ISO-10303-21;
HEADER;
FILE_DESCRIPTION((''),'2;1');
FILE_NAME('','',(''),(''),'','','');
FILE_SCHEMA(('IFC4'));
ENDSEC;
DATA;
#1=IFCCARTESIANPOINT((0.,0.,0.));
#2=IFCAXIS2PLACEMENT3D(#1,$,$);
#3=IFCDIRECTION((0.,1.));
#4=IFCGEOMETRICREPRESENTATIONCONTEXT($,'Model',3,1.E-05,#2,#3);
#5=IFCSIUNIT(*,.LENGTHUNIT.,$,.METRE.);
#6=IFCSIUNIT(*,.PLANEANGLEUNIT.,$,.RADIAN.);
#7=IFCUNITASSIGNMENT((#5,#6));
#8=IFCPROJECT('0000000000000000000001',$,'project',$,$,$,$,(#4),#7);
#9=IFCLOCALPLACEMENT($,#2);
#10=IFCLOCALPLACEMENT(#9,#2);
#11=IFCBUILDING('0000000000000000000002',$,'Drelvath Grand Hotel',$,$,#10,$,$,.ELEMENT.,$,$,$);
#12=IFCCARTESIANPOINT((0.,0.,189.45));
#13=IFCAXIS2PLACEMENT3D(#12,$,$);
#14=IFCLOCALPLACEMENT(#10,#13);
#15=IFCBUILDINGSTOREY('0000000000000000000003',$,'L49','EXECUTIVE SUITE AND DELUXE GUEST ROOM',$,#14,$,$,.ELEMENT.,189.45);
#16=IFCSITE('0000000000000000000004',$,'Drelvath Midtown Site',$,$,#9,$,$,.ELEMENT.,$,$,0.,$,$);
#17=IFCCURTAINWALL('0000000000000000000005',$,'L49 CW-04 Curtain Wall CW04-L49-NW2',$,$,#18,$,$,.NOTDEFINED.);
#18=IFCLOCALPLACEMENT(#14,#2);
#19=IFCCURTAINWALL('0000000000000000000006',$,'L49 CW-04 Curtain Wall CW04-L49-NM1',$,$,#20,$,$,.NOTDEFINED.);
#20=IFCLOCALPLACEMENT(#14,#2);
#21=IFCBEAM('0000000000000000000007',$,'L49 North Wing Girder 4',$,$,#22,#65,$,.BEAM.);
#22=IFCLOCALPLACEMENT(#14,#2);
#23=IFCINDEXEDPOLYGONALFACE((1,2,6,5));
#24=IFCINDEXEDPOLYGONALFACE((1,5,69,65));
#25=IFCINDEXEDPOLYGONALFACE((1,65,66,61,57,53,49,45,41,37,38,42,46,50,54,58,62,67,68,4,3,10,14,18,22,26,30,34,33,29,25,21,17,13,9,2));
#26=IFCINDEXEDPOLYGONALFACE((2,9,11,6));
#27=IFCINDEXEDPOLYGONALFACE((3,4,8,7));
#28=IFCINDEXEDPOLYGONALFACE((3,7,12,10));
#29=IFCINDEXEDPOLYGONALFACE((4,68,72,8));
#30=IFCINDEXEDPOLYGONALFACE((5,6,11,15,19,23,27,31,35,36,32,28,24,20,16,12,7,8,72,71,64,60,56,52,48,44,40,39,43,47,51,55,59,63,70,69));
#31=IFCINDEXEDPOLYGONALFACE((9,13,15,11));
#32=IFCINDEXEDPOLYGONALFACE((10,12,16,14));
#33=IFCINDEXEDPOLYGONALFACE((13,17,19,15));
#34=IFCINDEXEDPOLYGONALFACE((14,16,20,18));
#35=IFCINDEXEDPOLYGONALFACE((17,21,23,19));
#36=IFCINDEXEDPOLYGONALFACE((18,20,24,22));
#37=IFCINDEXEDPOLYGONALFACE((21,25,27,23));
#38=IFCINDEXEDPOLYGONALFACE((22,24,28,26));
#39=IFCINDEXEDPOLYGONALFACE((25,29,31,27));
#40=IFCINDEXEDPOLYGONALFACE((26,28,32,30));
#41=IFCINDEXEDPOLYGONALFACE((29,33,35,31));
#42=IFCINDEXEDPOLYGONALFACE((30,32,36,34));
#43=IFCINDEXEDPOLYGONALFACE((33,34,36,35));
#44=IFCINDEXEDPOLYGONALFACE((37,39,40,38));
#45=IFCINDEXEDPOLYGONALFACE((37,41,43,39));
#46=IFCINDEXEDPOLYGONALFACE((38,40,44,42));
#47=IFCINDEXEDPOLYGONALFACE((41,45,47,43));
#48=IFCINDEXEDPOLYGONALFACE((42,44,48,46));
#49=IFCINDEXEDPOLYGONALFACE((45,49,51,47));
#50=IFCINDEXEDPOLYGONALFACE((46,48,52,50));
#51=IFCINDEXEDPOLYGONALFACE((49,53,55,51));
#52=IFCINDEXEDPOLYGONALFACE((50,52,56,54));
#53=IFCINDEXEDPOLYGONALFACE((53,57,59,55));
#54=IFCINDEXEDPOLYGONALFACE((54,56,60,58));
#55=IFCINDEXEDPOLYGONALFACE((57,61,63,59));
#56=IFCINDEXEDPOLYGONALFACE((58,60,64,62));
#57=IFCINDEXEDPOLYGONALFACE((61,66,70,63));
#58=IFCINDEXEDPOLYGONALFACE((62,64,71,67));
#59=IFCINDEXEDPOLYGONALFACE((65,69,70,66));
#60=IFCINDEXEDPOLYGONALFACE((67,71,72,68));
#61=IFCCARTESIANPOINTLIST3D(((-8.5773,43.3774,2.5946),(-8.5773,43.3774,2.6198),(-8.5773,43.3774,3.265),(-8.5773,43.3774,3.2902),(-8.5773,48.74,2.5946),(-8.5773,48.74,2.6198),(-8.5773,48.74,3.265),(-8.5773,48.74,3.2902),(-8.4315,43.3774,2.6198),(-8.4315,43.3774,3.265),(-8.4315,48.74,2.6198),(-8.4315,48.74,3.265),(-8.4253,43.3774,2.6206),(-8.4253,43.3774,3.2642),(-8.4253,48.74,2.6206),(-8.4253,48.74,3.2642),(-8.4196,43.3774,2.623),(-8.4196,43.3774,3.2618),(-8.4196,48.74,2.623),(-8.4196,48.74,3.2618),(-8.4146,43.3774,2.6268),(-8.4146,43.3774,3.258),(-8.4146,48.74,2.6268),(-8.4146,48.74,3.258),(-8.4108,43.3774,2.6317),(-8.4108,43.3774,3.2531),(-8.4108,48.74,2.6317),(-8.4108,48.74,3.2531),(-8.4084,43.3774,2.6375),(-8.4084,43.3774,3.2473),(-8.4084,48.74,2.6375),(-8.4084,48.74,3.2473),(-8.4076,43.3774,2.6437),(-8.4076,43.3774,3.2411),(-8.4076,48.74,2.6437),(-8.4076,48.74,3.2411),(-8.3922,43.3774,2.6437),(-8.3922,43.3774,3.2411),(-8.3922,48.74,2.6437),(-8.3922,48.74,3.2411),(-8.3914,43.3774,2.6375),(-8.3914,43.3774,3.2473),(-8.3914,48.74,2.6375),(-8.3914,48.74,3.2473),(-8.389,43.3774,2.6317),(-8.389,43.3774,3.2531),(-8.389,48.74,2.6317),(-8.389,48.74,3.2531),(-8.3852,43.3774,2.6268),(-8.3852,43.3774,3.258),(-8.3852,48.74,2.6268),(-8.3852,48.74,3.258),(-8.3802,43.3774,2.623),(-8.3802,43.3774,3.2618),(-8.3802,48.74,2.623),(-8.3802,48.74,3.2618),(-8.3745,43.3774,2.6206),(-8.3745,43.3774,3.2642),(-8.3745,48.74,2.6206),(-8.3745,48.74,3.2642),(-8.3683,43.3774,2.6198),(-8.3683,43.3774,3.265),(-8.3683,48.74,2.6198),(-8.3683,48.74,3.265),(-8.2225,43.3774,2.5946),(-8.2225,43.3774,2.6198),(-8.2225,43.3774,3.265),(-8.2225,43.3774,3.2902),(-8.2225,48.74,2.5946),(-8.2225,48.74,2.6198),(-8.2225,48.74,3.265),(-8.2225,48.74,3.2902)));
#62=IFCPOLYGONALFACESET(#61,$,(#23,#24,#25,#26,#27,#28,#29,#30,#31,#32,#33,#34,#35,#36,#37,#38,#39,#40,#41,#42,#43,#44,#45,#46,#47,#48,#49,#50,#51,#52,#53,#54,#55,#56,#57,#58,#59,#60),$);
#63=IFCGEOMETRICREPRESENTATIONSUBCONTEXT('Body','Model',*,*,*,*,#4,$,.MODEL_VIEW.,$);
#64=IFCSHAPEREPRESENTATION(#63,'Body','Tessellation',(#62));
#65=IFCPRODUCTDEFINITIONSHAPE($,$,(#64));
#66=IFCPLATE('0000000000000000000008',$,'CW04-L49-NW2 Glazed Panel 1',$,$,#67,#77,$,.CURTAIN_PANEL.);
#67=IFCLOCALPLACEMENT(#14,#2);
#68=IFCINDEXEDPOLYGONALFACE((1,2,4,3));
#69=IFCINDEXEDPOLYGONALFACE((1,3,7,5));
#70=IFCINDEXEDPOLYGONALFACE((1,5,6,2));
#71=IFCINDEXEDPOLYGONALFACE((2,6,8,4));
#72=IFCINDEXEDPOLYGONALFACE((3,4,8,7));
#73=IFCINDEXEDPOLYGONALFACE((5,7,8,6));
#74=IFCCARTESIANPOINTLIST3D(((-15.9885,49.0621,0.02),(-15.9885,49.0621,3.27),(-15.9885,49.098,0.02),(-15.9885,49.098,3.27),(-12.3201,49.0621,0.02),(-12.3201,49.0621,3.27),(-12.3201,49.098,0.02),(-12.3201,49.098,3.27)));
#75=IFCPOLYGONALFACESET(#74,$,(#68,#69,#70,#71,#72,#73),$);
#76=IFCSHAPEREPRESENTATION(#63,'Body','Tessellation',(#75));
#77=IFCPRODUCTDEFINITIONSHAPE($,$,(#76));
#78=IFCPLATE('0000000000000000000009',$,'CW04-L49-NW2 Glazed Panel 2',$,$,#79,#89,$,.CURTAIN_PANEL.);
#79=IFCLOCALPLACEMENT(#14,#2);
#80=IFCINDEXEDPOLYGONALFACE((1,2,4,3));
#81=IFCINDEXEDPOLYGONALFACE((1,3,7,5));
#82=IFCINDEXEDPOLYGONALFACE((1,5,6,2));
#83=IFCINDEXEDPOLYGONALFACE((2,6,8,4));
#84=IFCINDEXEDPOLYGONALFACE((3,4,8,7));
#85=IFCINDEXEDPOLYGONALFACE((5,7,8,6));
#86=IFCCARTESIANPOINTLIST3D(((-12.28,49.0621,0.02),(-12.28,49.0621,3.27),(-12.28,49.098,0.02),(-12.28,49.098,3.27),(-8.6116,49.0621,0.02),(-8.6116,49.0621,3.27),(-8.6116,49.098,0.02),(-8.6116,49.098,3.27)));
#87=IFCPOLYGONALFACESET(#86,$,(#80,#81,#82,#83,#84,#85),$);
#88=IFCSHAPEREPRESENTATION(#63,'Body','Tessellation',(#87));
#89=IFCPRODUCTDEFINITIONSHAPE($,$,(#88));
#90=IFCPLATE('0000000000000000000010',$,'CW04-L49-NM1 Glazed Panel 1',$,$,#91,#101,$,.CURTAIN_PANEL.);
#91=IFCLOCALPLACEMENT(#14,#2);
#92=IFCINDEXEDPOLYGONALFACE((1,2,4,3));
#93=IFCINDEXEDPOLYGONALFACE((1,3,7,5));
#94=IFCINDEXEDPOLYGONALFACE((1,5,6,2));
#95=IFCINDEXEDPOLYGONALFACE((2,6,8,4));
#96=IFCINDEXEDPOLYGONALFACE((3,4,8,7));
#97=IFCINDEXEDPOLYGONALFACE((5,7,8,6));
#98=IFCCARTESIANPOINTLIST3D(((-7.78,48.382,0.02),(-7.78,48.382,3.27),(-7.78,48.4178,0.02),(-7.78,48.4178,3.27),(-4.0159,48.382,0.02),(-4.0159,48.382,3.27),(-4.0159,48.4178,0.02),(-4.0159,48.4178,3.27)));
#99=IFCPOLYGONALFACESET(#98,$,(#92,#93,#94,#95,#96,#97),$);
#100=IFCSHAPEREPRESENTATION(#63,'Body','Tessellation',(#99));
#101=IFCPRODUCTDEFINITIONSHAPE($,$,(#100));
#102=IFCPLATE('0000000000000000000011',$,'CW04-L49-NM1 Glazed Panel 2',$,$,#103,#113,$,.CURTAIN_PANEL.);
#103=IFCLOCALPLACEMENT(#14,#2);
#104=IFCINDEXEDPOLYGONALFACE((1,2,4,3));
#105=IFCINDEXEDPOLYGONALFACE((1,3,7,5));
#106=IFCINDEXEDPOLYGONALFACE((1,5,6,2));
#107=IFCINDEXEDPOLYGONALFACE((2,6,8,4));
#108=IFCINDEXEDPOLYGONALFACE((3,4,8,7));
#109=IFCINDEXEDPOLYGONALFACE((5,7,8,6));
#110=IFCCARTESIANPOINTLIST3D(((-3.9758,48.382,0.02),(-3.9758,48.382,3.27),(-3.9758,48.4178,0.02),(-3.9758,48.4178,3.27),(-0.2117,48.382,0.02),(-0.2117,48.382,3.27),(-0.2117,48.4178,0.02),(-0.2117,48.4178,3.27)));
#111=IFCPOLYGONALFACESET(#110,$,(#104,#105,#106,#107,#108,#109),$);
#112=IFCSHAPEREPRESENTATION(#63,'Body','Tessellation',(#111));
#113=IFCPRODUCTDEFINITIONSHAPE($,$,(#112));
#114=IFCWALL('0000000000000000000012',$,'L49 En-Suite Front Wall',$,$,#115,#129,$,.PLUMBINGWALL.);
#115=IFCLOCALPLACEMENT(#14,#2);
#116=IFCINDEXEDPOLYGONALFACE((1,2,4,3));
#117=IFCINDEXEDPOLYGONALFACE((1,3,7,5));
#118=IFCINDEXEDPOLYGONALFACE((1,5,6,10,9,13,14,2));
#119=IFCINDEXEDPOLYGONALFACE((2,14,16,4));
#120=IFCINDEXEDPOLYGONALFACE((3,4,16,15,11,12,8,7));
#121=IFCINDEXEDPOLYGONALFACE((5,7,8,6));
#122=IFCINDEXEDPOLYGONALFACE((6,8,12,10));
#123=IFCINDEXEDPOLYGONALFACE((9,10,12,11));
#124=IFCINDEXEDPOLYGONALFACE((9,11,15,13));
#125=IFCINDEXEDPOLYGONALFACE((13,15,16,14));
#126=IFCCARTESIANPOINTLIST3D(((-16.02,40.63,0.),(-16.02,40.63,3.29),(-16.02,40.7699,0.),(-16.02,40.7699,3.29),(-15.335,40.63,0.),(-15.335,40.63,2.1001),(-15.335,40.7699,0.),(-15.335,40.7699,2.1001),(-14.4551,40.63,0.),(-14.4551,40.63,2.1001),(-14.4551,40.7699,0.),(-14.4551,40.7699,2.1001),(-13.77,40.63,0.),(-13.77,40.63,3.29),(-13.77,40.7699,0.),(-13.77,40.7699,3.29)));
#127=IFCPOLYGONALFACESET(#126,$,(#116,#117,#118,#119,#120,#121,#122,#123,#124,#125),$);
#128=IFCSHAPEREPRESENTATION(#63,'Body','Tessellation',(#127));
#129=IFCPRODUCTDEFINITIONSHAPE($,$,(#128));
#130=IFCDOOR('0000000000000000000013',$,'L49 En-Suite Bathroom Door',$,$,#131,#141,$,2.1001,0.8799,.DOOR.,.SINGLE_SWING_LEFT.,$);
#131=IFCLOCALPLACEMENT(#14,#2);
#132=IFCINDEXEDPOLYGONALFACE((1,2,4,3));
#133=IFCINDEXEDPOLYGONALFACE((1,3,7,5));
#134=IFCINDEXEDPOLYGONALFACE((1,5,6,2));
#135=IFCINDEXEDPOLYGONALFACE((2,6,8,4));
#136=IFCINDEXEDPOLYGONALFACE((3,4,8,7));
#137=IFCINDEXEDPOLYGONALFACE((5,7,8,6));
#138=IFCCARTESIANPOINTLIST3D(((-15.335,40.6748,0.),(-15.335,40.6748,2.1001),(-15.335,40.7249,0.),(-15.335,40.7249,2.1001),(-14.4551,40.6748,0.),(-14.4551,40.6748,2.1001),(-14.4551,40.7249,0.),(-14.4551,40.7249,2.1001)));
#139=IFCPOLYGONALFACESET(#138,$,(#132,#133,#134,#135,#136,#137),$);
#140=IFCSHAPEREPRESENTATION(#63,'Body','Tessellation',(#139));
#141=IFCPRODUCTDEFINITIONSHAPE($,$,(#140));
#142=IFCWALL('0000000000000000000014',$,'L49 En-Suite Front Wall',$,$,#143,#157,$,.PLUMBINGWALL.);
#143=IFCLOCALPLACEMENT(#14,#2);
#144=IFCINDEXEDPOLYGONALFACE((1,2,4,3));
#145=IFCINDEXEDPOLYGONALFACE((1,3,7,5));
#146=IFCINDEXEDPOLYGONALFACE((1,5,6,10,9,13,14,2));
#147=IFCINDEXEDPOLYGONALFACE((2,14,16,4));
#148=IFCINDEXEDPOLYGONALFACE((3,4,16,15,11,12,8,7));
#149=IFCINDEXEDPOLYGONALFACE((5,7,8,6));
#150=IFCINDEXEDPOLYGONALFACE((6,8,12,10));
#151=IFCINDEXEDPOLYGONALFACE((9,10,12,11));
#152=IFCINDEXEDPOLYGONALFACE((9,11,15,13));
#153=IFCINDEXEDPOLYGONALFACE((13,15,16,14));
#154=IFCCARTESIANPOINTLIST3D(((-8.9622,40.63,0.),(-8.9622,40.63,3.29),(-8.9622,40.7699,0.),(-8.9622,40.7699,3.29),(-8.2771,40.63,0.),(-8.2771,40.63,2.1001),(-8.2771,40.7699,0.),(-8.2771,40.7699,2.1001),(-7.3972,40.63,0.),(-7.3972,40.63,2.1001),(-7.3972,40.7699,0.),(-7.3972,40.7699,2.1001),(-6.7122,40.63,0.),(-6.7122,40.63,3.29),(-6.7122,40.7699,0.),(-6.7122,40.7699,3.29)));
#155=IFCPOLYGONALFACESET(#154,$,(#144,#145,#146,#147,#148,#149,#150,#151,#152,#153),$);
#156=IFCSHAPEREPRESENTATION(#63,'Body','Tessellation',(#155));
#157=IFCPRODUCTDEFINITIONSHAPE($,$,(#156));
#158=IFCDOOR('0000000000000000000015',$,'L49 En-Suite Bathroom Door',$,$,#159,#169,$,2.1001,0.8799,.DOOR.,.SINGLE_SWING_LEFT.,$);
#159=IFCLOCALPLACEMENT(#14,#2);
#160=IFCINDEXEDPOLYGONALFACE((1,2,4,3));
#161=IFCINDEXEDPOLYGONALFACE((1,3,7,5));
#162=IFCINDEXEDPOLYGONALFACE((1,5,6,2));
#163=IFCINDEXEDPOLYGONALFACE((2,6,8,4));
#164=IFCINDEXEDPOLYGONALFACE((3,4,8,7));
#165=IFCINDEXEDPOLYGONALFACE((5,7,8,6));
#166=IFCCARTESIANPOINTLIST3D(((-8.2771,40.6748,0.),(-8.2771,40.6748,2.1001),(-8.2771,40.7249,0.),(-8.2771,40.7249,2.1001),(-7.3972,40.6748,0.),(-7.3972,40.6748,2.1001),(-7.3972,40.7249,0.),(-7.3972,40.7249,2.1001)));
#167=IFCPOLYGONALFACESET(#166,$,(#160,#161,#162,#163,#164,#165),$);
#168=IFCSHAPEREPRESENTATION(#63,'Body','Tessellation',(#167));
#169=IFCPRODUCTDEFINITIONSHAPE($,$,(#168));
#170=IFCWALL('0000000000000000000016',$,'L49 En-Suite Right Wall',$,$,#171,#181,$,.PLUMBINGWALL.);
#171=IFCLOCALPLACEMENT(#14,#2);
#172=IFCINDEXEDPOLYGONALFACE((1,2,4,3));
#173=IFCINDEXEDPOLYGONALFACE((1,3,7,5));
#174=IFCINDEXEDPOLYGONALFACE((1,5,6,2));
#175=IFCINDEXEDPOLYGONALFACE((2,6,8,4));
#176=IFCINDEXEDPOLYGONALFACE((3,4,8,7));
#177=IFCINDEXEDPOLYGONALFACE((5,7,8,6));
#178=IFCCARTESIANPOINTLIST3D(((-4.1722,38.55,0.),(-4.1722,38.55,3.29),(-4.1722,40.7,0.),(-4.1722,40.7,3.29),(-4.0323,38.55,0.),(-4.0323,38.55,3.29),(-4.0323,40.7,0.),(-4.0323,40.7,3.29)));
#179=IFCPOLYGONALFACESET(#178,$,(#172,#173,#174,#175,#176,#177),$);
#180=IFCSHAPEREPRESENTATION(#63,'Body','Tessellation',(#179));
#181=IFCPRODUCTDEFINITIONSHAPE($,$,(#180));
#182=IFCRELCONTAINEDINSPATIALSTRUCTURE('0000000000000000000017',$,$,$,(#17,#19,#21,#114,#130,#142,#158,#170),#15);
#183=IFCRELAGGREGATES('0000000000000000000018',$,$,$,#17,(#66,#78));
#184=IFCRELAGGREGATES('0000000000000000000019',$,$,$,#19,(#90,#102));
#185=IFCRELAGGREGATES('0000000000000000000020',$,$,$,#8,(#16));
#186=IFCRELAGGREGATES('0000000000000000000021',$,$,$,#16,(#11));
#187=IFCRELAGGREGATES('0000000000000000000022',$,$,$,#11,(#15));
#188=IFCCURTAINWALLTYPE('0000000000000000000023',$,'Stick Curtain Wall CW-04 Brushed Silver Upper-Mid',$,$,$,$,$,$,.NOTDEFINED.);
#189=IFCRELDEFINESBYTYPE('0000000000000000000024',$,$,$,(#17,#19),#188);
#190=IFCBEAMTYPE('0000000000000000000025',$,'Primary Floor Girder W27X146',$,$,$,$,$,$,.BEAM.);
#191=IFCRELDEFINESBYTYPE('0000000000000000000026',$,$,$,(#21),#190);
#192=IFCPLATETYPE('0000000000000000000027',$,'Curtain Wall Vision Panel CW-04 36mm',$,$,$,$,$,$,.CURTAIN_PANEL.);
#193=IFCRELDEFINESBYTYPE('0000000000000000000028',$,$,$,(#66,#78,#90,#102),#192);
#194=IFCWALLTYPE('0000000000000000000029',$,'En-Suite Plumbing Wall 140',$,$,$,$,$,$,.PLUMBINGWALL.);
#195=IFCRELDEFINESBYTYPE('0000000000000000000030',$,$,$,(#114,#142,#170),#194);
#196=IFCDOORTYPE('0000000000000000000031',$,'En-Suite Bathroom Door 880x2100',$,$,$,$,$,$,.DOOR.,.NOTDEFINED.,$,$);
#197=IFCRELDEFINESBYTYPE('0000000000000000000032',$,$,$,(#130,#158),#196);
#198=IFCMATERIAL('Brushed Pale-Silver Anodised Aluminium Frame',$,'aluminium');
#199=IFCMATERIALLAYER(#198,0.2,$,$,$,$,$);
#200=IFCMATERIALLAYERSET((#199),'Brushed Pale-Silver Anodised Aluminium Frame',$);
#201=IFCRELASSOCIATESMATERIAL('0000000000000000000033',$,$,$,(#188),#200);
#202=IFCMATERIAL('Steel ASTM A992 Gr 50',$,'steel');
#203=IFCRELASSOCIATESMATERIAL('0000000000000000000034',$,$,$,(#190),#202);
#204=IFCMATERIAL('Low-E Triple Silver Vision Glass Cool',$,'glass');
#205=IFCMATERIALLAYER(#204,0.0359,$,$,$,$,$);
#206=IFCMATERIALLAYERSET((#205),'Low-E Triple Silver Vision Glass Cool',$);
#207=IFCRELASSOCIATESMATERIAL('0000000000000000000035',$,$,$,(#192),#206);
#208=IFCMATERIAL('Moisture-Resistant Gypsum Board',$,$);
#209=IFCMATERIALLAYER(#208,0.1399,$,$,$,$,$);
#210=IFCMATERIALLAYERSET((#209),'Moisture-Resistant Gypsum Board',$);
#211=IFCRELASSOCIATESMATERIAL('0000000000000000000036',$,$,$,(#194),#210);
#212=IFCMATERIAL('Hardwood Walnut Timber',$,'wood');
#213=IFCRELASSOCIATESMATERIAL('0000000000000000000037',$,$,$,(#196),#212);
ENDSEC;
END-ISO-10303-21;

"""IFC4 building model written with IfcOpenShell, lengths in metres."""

from ifc_helpers import new_model, si_unit, direction, frame, frame_2d, origin, origin_2d, place, context, subcontext, project, spatial, rectangle, i_section, extrude, material, layer, layer_set, material_profile, profile_set, type_object, element, fill, aggregate, save


model = new_model("IFC4")

# Units and contexts
model_context = context("Model", 3, precision=1e-05, world=origin(), true_north=direction((0.0, 1.0)))
body_context = subcontext(model_context, "Body", "Model", "MODEL_VIEW")
ifc_project = project(units=[si_unit("LENGTHUNIT", "METRE"), si_unit("PLANEANGLEUNIT", "RADIAN")], contexts=[model_context])

# Site, building, storey
site_placement = place(None, origin())
site = spatial("IfcSite", under=ifc_project, at=site_placement, Name="Drelvath Midtown Site", CompositionType="ELEMENT", RefElevation=0.0)
building_placement = place(site_placement, origin())
building = spatial("IfcBuilding", under=site, at=building_placement, Name="Drelvath Grand Hotel", CompositionType="ELEMENT")
storey_placement = place(building_placement, frame((0.0, 0.0, 189.45)))
storey = spatial("IfcBuildingStorey", under=building, at=storey_placement, Name="L49", Description="EXECUTIVE SUITE AND DELUXE GUEST ROOM", CompositionType="ELEMENT", Elevation=189.45)

# Curtain walls
ifc_material_1 = material(Name="Brushed Pale-Silver Anodised Aluminium Frame", Category="aluminium")
ifc_layer_1 = layer(ifc_material_1, 0.2)
ifc_layer_set_1 = layer_set([ifc_layer_1], Name="Brushed Pale-Silver Anodised Aluminium Frame")
curtain_wall_type = type_object("IfcCurtainWallType", Name="Stick Curtain Wall CW-04 Brushed Silver Upper-Mid", PredefinedType="NOTDEFINED", material=ifc_layer_set_1)
curtain_wall_1_placement = place(storey_placement, origin())
curtain_wall_1 = element("IfcCurtainWall", 1, at=curtain_wall_1_placement, inside=storey, type_object=curtain_wall_type, Name="L49 CW-04 Curtain Wall CW04-L49-NW2", PredefinedType="NOTDEFINED")
curtain_wall_2_placement = place(storey_placement, origin())
curtain_wall_2 = element("IfcCurtainWall", 2, at=curtain_wall_2_placement, inside=storey, type_object=curtain_wall_type, Name="L49 CW-04 Curtain Wall CW04-L49-NM1", PredefinedType="NOTDEFINED")

# Beam
ifc_material_2 = material(Name="Steel ASTM A992 Gr 50", Category="steel")
ifc_material_profile_1 = material_profile(ifc_material_2, i_section(OverallWidth=0.3547, OverallDepth=0.6956, WebThickness=0.0154, FlangeThickness=0.0251, FilletRadius=0.0239, at=origin_2d()), Name="W27X146")
ifc_profile_set_1 = profile_set([ifc_material_profile_1], Name="Steel ASTM A992 Gr 50")
beam_type_1 = type_object("IfcBeamType", Name="Primary Floor Girder W27X146", PredefinedType="BEAM", material=ifc_profile_set_1)
beam_1_placement = place(storey_placement, frame((-8.3999, 43.3774, 2.9424), z_axis=(0.0, 1.0, 0.0), x_axis=(-1.0, 0.0, 0.0)))
element("IfcBeam", 3, at=beam_1_placement, inside=storey, type_object=beam_type_1, Name="L49 North Wing Girder 4", PredefinedType="BEAM", context=body_context, shape_type="SweptSolid", body=[
    extrude(i_section(OverallWidth=0.3547, OverallDepth=0.6956, WebThickness=0.0154, FlangeThickness=0.0251, FilletRadius=0.0239, at=origin_2d()), origin(), (0.0, 0.0, 1.0), 5.3625),
])

# Plates
ifc_material_3 = material(Name="Low-E Triple Silver Vision Glass Cool", Category="glass")
ifc_layer_2 = layer(ifc_material_3, 0.0359)
ifc_layer_set_2 = layer_set([ifc_layer_2], Name="Low-E Triple Silver Vision Glass Cool")
plate_type = type_object("IfcPlateType", Name="Curtain Wall Vision Panel CW-04 36mm", PredefinedType="CURTAIN_PANEL", material=ifc_layer_set_2)
plate_1_placement = place(storey_placement, frame((-14.1543, 49.0801, 0.02), z_axis=(0.0, 0.0, 1.0), x_axis=(1.0, 0.0, 0.0)))
plate_1 = element("IfcPlate", 4, at=plate_1_placement, type_object=plate_type, Name="CW04-L49-NW2 Glazed Panel 1", PredefinedType="CURTAIN_PANEL", context=body_context, shape_type="SweptSolid", body=[
    extrude(rectangle(XDim=3.6685, YDim=0.0359, at=origin_2d()), origin(), (0.0, 0.0, 1.0), 3.25),
])
plate_2_placement = place(storey_placement, frame((-10.4458, 49.0801, 0.02), z_axis=(0.0, 0.0, 1.0), x_axis=(1.0, 0.0, 0.0)))
plate_2 = element("IfcPlate", 5, at=plate_2_placement, type_object=plate_type, Name="CW04-L49-NW2 Glazed Panel 2", PredefinedType="CURTAIN_PANEL", context=body_context, shape_type="SweptSolid", body=[
    extrude(rectangle(XDim=3.6685, YDim=0.0359, at=origin_2d()), origin(), (0.0, 0.0, 1.0), 3.25),
])
aggregate(curtain_wall_1, [plate_1, plate_2])
plate_3_placement = place(storey_placement, frame((-5.8979, 48.3999, 0.02), z_axis=(0.0, 0.0, 1.0), x_axis=(1.0, 0.0, 0.0)))
plate_3 = element("IfcPlate", 6, at=plate_3_placement, type_object=plate_type, Name="CW04-L49-NM1 Glazed Panel 1", PredefinedType="CURTAIN_PANEL", context=body_context, shape_type="SweptSolid", body=[
    extrude(rectangle(XDim=3.7642, YDim=0.0359, at=origin_2d()), origin(), (0.0, 0.0, 1.0), 3.25),
])
plate_4_placement = place(storey_placement, frame((-2.0938, 48.3999, 0.02), z_axis=(0.0, 0.0, 1.0), x_axis=(1.0, 0.0, 0.0)))
plate_4 = element("IfcPlate", 7, at=plate_4_placement, type_object=plate_type, Name="CW04-L49-NM1 Glazed Panel 2", PredefinedType="CURTAIN_PANEL", context=body_context, shape_type="SweptSolid", body=[
    extrude(rectangle(XDim=3.7642, YDim=0.0359, at=origin_2d()), origin(), (0.0, 0.0, 1.0), 3.25),
])
aggregate(curtain_wall_2, [plate_3, plate_4])

# Walls, openings, doors
ifc_material_4 = material(Name="Moisture-Resistant Gypsum Board")
ifc_layer_3 = layer(ifc_material_4, 0.1399)
ifc_layer_set_3 = layer_set([ifc_layer_3], Name="Moisture-Resistant Gypsum Board")
wall_type_1 = type_object("IfcWallType", Name="En-Suite Plumbing Wall 140", PredefinedType="PLUMBINGWALL", material=ifc_layer_set_3)
wall_1_placement = place(storey_placement, frame((-16.02, 40.7, 0.0), z_axis=(0.0, 0.0, 1.0), x_axis=(1.0, 0.0, 0.0)))
wall_1 = element("IfcWall", 8, at=wall_1_placement, inside=storey, type_object=wall_type_1, Name="L49 En-Suite Front Wall", PredefinedType="PLUMBINGWALL", context=body_context, shape_type="SweptSolid", body=[
    extrude(rectangle(XDim=2.25, YDim=0.1399, at=frame_2d((1.125, 0.0))), origin(), (0.0, 0.0, 1.0), 3.29),
])
opening_1_placement = place(wall_1_placement, frame((0.6851, 0.0, 0.0)))
opening_1 = element("IfcOpeningElement", 9, at=opening_1_placement, cuts=wall_1, PredefinedType="OPENING", context=body_context, shape_type="SweptSolid", body=[
    extrude(rectangle(XDim=0.8799, YDim=2.1001, at=frame_2d((0.4399, 1.05))), frame((0.0, 0.0798, 0.0), z_axis=(0.0, -1.0, 0.0), x_axis=(1.0, 0.0, 0.0)), (0.0, 0.0, 1.0), 0.1599),
])
ifc_material_5 = material(Name="Hardwood Walnut Timber", Category="wood")
door_type = type_object("IfcDoorType", Name="En-Suite Bathroom Door 880x2100", OperationType="NOTDEFINED", PredefinedType="DOOR", material=ifc_material_5)
door_1_placement = place(opening_1_placement, origin())
door_1 = element("IfcDoor", 10, at=door_1_placement, inside=storey, type_object=door_type, Name="L49 En-Suite Bathroom Door", OperationType="SINGLE_SWING_LEFT", OverallHeight=2.1001, OverallWidth=0.8799, PredefinedType="DOOR", context=body_context, shape_type="SweptSolid", body=[
    extrude(rectangle(XDim=0.8799, YDim=2.1001, at=frame_2d((0.4399, 1.05))), frame((0.0, 0.0249, 0.0), z_axis=(0.0, -1.0, 0.0), x_axis=(1.0, 0.0, 0.0)), (0.0, 0.0, 1.0), 0.05),
])
fill(opening_1, door_1)
wall_2_placement = place(storey_placement, frame((-8.9622, 40.7, 0.0), z_axis=(0.0, 0.0, 1.0), x_axis=(1.0, 0.0, 0.0)))
wall_2 = element("IfcWall", 11, at=wall_2_placement, inside=storey, type_object=wall_type_1, Name="L49 En-Suite Front Wall", PredefinedType="PLUMBINGWALL", context=body_context, shape_type="SweptSolid", body=[
    extrude(rectangle(XDim=2.25, YDim=0.1399, at=frame_2d((1.125, 0.0))), origin(), (0.0, 0.0, 1.0), 3.29),
])
opening_2_placement = place(wall_2_placement, frame((0.6851, 0.0, 0.0)))
opening_2 = element("IfcOpeningElement", 12, at=opening_2_placement, cuts=wall_2, PredefinedType="OPENING", context=body_context, shape_type="SweptSolid", body=[
    extrude(rectangle(XDim=0.8799, YDim=2.1001, at=frame_2d((0.4399, 1.05))), frame((0.0, 0.0798, 0.0), z_axis=(0.0, -1.0, 0.0), x_axis=(1.0, 0.0, 0.0)), (0.0, 0.0, 1.0), 0.1599),
])
door_2_placement = place(opening_2_placement, origin())
door_2 = element("IfcDoor", 13, at=door_2_placement, inside=storey, type_object=door_type, Name="L49 En-Suite Bathroom Door", OperationType="SINGLE_SWING_LEFT", OverallHeight=2.1001, OverallWidth=0.8799, PredefinedType="DOOR", context=body_context, shape_type="SweptSolid", body=[
    extrude(rectangle(XDim=0.8799, YDim=2.1001, at=frame_2d((0.4399, 1.05))), frame((0.0, 0.0249, 0.0), z_axis=(0.0, -1.0, 0.0), x_axis=(1.0, 0.0, 0.0)), (0.0, 0.0, 1.0), 0.05),
])
fill(opening_2, door_2)

# Wall
wall_3_placement = place(storey_placement, frame((-4.1023, 38.55, 0.0), z_axis=(0.0, 0.0, 1.0), x_axis=(0.0, 1.0, 0.0)))
element("IfcWall", 14, at=wall_3_placement, inside=storey, type_object=wall_type_1, Name="L49 En-Suite Right Wall", PredefinedType="PLUMBINGWALL", context=body_context, shape_type="SweptSolid", body=[
    extrude(rectangle(XDim=2.1499, YDim=0.1399, at=frame_2d((1.075, 0.0))), origin(), (0.0, 0.0, 1.0), 3.29),
])

save(model, "model.ifc")
